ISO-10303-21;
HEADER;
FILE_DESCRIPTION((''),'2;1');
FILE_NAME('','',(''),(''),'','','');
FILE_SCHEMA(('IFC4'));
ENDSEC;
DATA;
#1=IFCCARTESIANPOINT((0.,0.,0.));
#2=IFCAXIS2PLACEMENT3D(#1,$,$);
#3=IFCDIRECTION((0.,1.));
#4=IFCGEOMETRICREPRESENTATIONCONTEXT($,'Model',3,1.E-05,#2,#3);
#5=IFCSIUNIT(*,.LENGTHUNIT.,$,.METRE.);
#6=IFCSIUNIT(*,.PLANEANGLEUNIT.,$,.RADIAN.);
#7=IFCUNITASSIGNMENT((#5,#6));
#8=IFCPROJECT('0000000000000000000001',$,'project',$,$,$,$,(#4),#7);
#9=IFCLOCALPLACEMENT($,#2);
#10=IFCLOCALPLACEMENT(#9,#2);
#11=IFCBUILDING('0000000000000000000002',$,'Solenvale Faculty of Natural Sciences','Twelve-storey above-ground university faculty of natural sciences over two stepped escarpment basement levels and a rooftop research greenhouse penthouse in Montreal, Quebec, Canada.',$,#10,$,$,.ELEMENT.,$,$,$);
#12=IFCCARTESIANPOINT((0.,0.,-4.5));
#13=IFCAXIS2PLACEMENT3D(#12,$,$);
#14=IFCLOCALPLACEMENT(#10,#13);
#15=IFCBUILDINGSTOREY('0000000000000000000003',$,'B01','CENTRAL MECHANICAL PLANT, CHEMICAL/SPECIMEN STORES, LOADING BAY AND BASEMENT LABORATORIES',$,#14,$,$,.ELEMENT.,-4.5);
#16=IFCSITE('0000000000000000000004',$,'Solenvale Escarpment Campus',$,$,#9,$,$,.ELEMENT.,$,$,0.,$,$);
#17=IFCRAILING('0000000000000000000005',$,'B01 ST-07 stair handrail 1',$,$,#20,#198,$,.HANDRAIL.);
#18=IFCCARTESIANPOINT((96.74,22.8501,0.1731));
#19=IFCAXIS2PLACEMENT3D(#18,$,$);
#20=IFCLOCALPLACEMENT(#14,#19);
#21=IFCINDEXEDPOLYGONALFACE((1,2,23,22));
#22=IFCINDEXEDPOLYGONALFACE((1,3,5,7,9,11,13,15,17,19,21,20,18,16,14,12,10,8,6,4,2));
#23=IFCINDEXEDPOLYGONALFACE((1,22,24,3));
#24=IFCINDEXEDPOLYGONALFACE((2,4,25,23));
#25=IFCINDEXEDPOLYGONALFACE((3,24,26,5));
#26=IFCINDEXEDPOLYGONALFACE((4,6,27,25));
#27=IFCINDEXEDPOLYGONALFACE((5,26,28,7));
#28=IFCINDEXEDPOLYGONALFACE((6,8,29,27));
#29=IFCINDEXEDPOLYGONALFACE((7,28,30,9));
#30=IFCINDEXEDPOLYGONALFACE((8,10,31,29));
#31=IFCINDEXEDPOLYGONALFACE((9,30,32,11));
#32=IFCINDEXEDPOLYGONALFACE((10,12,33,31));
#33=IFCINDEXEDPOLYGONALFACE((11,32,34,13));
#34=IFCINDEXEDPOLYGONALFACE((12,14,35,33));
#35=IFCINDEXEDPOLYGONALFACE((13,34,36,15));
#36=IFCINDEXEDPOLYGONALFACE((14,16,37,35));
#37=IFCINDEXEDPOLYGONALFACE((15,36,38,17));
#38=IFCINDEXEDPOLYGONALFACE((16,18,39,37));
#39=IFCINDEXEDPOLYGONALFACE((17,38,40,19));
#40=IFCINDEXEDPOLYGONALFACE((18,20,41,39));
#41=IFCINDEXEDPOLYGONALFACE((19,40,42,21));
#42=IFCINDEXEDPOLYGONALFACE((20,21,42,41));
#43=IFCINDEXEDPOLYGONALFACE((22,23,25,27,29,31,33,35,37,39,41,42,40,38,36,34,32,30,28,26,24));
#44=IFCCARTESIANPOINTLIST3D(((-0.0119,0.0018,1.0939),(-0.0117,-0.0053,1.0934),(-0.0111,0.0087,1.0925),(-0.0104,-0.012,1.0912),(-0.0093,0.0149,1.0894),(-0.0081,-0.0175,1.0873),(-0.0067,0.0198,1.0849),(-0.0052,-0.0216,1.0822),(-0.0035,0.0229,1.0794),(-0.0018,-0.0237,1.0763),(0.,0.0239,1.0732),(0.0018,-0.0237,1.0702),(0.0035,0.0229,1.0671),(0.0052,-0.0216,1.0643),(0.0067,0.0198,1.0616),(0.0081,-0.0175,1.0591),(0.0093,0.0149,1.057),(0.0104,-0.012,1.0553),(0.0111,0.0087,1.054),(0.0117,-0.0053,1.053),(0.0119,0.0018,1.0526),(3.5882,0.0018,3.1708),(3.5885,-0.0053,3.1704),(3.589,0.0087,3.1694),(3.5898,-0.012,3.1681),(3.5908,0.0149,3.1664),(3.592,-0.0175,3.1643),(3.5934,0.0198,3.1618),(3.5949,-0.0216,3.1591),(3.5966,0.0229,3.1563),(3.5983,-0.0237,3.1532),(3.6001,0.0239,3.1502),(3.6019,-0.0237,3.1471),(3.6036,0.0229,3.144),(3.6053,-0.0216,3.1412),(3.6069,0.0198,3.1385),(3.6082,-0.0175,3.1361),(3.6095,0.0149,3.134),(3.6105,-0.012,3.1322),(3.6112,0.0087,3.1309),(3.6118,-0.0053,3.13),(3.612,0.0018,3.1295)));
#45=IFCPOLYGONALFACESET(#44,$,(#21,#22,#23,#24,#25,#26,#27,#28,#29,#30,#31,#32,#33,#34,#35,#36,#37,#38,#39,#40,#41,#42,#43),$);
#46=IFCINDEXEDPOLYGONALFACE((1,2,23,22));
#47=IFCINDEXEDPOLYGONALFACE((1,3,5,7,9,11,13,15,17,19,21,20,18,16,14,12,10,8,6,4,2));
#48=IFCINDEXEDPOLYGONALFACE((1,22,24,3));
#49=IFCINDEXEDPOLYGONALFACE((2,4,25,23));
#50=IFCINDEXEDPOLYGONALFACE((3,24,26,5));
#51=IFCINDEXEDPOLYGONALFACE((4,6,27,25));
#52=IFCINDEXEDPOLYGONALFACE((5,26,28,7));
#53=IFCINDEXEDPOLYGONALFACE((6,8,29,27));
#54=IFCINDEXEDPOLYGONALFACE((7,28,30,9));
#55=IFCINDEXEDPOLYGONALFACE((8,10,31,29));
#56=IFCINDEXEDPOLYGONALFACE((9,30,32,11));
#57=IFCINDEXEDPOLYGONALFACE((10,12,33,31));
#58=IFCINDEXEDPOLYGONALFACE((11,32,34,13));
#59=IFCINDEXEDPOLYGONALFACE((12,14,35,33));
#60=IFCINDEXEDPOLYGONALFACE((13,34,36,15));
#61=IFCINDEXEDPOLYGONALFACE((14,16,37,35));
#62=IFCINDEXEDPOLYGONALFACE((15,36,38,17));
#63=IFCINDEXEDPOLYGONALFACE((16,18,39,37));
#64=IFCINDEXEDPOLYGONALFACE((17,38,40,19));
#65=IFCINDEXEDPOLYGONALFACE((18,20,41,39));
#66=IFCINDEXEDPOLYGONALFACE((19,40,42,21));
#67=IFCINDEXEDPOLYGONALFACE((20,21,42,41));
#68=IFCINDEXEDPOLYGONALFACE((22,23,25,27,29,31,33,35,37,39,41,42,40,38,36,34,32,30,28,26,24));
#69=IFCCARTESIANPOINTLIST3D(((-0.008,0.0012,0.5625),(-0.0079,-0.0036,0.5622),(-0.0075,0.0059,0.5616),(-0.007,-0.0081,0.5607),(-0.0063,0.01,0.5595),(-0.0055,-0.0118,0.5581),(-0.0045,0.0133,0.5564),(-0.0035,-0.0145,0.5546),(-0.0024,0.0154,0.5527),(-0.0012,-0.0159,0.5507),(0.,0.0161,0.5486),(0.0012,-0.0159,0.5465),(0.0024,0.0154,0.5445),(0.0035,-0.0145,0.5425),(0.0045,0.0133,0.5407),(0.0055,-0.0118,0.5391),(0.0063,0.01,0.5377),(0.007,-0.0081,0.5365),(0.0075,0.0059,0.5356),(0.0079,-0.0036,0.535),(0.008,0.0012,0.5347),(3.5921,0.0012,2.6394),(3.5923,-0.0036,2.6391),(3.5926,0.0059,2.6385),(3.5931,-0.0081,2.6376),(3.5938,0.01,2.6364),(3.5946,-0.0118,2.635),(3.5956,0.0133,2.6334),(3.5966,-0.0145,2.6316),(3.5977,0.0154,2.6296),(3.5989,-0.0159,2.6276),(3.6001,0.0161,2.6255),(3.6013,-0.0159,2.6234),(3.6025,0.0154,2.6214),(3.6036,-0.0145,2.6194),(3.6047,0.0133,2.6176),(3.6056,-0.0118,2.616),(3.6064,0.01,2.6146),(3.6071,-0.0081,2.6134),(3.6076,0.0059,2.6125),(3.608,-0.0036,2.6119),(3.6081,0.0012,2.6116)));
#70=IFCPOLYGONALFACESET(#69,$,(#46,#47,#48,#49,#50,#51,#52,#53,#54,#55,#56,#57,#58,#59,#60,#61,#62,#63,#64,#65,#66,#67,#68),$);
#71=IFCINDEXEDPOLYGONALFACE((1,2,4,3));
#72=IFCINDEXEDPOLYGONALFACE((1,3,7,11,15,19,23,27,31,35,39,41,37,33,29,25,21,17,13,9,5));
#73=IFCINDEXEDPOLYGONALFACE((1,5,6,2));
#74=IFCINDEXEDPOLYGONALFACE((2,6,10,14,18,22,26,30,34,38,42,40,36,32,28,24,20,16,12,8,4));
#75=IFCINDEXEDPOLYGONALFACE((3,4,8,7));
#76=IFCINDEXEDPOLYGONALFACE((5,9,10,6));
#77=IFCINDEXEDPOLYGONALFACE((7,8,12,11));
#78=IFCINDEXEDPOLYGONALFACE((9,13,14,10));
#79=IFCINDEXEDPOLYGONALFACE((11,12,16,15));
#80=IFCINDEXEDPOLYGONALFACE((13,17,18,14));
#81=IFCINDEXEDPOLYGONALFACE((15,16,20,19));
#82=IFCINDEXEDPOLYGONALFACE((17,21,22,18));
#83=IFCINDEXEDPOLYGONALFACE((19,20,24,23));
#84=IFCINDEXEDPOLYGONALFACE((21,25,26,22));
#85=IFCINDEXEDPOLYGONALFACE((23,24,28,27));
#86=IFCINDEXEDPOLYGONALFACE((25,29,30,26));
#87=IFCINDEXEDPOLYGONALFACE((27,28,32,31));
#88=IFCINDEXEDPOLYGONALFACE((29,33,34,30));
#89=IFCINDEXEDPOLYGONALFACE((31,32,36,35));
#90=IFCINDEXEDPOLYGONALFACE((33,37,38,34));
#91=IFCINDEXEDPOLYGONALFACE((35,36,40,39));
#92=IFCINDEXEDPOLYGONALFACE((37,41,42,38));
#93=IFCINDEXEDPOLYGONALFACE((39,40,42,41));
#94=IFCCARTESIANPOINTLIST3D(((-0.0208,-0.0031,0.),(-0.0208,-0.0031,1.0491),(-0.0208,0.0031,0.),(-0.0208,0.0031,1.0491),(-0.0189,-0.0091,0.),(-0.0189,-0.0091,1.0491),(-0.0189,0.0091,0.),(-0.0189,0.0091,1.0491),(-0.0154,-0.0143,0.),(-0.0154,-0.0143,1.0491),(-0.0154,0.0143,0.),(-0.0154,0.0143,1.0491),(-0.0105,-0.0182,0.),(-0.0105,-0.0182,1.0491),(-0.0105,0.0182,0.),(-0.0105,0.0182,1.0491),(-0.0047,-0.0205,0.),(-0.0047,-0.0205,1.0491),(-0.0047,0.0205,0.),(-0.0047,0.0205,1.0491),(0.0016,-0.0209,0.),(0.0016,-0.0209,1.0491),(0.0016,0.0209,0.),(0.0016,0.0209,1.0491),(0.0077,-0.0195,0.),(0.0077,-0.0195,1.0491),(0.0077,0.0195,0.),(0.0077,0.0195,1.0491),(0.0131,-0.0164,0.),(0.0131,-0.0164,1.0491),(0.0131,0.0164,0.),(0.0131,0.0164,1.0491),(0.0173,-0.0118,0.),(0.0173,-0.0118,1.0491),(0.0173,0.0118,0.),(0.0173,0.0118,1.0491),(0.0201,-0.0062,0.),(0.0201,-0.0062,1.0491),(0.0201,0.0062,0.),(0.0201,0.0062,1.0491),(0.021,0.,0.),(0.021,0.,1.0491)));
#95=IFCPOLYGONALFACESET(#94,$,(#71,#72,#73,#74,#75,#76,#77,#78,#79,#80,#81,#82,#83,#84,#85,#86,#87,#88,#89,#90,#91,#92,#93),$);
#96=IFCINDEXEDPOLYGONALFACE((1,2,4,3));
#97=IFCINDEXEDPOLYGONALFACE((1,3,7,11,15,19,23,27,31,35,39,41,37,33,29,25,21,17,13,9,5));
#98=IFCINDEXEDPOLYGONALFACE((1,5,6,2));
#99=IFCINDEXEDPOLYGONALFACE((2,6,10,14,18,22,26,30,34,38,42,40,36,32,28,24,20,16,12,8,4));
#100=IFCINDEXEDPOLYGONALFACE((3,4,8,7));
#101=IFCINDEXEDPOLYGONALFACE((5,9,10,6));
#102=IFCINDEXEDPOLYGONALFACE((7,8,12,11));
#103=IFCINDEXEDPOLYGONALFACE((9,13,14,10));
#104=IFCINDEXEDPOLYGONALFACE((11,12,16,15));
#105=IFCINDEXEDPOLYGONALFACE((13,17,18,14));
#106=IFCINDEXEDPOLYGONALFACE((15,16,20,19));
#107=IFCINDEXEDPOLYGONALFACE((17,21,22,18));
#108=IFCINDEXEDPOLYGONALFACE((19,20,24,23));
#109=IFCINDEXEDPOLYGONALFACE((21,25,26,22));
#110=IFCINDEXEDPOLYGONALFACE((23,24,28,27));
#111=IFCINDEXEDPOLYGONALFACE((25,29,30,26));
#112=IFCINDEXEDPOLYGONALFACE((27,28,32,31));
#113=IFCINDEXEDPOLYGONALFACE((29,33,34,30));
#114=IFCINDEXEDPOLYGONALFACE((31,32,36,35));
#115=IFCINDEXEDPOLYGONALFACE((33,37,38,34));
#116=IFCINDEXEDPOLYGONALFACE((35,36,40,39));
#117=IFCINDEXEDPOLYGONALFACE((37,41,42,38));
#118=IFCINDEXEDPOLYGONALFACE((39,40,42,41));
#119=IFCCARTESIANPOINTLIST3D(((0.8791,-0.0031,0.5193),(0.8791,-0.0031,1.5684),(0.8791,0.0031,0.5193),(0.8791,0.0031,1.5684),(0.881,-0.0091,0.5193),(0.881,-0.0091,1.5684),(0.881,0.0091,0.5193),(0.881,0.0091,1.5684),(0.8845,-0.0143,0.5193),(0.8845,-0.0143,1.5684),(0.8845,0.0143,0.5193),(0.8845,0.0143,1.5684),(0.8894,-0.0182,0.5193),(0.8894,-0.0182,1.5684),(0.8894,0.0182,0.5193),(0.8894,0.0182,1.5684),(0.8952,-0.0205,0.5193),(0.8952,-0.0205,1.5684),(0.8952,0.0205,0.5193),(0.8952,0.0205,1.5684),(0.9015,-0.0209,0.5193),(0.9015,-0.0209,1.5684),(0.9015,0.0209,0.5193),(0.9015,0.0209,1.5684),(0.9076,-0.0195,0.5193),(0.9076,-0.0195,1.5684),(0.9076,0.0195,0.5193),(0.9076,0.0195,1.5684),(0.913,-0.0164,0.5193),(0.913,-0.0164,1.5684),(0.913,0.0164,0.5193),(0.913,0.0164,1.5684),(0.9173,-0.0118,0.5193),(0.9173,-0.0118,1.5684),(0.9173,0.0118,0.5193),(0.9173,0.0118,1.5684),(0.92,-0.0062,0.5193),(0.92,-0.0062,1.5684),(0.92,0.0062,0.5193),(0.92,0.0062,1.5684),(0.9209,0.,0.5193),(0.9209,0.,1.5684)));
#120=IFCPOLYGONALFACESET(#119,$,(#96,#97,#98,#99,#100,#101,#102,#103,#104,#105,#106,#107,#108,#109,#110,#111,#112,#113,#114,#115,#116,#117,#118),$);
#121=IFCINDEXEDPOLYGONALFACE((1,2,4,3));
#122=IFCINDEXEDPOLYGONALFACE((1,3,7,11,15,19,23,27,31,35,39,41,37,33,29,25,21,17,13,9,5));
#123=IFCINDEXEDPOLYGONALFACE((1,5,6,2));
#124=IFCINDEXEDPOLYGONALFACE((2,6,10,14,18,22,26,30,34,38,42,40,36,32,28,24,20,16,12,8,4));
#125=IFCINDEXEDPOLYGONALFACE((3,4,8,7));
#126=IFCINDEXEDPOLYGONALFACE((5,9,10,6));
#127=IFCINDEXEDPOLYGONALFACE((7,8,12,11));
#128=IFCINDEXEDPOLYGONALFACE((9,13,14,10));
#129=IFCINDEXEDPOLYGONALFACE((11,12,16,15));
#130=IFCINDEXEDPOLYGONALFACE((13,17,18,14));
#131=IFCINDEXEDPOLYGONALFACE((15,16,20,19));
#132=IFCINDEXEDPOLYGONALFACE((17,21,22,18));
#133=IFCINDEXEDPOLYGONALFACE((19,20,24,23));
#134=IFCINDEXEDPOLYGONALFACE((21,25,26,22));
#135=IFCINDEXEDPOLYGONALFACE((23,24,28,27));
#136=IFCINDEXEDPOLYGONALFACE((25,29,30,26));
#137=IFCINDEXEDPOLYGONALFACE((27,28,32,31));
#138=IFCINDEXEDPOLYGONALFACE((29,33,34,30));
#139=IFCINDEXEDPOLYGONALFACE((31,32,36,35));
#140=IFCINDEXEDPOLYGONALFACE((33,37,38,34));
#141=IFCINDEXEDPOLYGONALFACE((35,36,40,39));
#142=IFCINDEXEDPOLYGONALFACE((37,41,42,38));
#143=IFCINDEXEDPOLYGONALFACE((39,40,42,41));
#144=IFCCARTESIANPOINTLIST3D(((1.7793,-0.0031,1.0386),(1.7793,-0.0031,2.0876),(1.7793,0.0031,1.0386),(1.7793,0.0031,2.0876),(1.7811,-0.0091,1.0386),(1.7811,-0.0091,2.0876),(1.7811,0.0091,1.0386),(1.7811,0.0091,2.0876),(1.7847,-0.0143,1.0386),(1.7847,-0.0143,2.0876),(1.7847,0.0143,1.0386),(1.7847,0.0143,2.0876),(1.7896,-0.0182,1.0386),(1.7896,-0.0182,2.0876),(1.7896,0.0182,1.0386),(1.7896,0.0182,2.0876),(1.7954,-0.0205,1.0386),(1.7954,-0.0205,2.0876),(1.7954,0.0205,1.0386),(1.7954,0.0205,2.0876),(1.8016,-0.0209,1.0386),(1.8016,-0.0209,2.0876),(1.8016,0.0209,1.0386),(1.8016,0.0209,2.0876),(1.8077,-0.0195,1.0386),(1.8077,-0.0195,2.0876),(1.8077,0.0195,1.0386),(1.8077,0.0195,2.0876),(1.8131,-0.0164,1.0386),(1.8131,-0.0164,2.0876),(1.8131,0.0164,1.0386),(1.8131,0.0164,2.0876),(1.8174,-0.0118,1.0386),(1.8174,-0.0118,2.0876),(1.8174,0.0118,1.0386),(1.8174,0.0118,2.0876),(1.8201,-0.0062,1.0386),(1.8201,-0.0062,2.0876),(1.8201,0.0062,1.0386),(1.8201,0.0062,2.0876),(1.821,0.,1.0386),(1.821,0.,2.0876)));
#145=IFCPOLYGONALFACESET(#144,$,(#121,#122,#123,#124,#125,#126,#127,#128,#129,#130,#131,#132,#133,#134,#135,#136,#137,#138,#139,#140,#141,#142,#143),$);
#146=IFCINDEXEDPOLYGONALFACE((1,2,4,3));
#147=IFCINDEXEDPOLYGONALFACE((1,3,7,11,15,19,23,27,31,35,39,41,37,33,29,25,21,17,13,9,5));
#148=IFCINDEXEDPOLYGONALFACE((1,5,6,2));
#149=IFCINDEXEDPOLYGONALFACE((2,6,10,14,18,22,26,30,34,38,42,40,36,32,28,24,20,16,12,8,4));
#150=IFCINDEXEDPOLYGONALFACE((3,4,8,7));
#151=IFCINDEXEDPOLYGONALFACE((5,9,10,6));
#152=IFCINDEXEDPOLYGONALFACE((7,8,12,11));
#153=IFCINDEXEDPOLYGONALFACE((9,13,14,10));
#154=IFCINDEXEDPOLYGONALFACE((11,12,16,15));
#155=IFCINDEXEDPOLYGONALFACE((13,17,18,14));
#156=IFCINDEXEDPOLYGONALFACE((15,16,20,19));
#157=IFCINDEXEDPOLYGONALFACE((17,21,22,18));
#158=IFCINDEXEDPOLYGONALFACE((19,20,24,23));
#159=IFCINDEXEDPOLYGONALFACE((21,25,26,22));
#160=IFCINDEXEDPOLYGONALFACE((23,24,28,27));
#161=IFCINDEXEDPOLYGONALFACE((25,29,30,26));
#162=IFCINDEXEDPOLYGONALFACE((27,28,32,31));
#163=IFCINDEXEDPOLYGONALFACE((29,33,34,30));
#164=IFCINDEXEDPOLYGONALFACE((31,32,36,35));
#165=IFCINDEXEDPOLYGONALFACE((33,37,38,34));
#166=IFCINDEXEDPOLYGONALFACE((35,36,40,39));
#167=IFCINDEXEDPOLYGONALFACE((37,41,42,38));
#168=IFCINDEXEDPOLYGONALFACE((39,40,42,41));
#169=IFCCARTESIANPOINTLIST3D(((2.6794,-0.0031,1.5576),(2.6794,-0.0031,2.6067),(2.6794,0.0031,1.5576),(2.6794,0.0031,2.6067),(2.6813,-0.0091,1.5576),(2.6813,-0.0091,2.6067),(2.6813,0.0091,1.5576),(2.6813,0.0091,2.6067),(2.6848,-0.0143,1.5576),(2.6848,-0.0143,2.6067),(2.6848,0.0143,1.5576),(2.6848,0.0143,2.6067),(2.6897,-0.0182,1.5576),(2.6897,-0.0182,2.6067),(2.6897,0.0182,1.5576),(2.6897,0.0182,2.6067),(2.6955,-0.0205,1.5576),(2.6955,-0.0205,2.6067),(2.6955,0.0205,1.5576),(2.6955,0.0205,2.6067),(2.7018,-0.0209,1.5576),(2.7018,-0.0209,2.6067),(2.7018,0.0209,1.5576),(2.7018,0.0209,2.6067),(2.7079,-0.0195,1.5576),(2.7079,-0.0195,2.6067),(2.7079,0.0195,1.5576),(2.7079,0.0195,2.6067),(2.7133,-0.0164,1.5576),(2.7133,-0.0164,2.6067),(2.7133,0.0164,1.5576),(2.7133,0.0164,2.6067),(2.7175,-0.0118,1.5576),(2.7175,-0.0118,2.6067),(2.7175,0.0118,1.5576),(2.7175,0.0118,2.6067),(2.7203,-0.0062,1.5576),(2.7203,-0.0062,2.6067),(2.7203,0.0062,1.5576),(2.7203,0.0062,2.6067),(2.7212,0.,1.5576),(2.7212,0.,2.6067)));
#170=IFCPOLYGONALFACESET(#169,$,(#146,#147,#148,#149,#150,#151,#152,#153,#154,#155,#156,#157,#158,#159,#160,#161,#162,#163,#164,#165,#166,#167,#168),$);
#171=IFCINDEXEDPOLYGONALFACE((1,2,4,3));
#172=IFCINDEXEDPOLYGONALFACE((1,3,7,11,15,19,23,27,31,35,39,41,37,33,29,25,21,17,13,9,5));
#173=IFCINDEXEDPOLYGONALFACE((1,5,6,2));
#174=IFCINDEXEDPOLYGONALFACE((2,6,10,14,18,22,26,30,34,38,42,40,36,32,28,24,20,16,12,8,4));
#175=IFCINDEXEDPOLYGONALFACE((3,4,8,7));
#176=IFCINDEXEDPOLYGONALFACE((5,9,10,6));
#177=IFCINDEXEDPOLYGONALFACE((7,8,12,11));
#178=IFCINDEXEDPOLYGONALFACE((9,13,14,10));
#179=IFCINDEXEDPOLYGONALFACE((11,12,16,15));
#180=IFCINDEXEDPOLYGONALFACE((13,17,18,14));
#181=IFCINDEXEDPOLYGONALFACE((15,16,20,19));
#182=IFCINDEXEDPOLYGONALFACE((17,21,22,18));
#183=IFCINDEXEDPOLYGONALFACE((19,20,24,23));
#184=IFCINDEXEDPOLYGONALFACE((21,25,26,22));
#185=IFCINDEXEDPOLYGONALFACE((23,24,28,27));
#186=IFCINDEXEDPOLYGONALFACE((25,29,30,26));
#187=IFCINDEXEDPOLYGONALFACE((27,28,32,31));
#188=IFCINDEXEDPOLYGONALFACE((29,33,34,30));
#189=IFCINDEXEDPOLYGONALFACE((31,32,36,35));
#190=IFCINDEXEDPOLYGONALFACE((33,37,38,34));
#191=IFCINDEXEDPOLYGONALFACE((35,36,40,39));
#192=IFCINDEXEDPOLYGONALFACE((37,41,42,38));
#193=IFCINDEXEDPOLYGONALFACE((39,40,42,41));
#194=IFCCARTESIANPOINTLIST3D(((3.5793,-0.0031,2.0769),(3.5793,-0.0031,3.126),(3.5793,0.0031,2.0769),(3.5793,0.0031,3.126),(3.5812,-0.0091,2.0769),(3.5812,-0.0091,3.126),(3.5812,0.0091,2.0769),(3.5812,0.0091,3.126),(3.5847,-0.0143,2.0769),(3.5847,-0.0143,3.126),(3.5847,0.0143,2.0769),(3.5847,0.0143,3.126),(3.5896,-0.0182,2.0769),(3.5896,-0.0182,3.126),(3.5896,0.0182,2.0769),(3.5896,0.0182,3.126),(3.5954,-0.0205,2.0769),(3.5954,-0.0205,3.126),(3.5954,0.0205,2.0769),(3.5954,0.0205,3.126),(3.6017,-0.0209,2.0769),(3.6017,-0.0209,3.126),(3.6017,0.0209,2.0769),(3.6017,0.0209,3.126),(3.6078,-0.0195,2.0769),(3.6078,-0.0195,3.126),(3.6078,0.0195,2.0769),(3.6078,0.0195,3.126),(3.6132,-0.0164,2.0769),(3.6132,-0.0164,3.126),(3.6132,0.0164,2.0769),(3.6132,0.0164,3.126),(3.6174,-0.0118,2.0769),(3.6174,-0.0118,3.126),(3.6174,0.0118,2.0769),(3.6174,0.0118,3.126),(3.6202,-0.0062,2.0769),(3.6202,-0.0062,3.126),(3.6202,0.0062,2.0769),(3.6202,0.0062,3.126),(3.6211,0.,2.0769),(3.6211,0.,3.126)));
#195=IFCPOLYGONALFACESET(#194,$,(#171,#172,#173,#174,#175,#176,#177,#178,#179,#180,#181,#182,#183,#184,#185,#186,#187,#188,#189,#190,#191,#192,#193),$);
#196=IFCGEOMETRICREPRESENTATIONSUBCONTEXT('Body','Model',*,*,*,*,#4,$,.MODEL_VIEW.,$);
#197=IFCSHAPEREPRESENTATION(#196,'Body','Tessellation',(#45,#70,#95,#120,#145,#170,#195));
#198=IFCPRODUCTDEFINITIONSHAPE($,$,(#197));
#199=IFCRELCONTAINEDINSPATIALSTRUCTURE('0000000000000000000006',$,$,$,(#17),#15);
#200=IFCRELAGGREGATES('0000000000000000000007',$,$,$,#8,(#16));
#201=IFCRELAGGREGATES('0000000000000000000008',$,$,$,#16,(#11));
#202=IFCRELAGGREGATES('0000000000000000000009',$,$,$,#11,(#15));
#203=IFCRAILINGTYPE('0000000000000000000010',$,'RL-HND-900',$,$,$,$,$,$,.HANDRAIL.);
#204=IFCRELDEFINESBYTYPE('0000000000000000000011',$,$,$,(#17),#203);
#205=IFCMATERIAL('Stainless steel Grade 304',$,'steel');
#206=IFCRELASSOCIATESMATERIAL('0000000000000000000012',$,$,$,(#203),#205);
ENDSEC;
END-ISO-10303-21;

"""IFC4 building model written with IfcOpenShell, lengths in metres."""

from ifc_helpers import new_model, si_unit, direction, frame, origin, origin_2d, place, context, subcontext, project, spatial, circle, extrude, material, type_object, element, save


model = new_model("IFC4")

# Units and contexts
model_context = context("Model", 3, precision=1e-05, world=origin(), true_north=direction((0.0, 1.0)))
body_context = subcontext(model_context, "Body", "Model", "MODEL_VIEW")
ifc_project = project(units=[si_unit("LENGTHUNIT", "METRE"), si_unit("PLANEANGLEUNIT", "RADIAN")], contexts=[model_context])

# Site, building, storey
site_placement = place(None, origin())
site = spatial("IfcSite", under=ifc_project, at=site_placement, Name="Solenvale Escarpment Campus", CompositionType="ELEMENT", RefElevation=0.0)
building_placement = place(site_placement, origin())
building = spatial("IfcBuilding", under=site, at=building_placement, Name="Solenvale Faculty of Natural Sciences", Description="Twelve-storey above-ground university faculty of natural sciences over two stepped escarpment basement levels and a rooftop research greenhouse penthouse in Montreal, Quebec, Canada.", CompositionType="ELEMENT")
storey_placement = place(building_placement, frame((0.0, 0.0, -4.5)))
storey = spatial("IfcBuildingStorey", under=building, at=storey_placement, Name="B01", Description="CENTRAL MECHANICAL PLANT, CHEMICAL/SPECIMEN STORES, LOADING BAY AND BASEMENT LABORATORIES", CompositionType="ELEMENT", Elevation=-4.5)

# Railing
ifc_material_1 = material(Name="Stainless steel Grade 304", Category="steel")
railing_type_1 = type_object("IfcRailingType", Name="RL-HND-900", PredefinedType="HANDRAIL", material=ifc_material_1)
railing_1_placement = place(storey_placement, frame((96.74, 22.8501, 0.1731)))
element("IfcRailing", 1, at=railing_1_placement, inside=storey, type_object=railing_type_1, Name="B01 ST-07 stair handrail 1", PredefinedType="HANDRAIL", context=body_context, shape_type="SweptSolid", body=[
    extrude(circle(Radius=0.0239, at=origin_2d()), frame((0.0, 0.0, 1.0732), z_axis=(0.866193, 0.0, 0.499709), x_axis=(0.0, 1.0, 0.0)), (0.0, 0.0, 1.0), 4.1562),
    extrude(circle(Radius=0.0161, at=origin_2d()), frame((0.0, 0.0, 0.5486), z_axis=(0.866193, 0.0, 0.499709), x_axis=(0.0, 1.0, 0.0)), (0.0, 0.0, 1.0), 4.1562),
    extrude(circle(Radius=0.021, at=origin_2d()), origin(), (0.0, 0.0, 1.0), 1.0491),
    extrude(circle(Radius=0.021, at=origin_2d()), frame((0.8999, 0.0, 0.5193)), (0.0, 0.0, 1.0), 1.0491),
    extrude(circle(Radius=0.021, at=origin_2d()), frame((1.8, 0.0, 1.0386)), (0.0, 0.0, 1.0), 1.0491),
    extrude(circle(Radius=0.021, at=origin_2d()), frame((2.7002, 0.0, 1.5576)), (0.0, 0.0, 1.0), 1.0491),
    extrude(circle(Radius=0.021, at=origin_2d()), frame((3.6001, 0.0, 2.0769)), (0.0, 0.0, 1.0), 1.0491),
])

save(model, "model.ifc")
